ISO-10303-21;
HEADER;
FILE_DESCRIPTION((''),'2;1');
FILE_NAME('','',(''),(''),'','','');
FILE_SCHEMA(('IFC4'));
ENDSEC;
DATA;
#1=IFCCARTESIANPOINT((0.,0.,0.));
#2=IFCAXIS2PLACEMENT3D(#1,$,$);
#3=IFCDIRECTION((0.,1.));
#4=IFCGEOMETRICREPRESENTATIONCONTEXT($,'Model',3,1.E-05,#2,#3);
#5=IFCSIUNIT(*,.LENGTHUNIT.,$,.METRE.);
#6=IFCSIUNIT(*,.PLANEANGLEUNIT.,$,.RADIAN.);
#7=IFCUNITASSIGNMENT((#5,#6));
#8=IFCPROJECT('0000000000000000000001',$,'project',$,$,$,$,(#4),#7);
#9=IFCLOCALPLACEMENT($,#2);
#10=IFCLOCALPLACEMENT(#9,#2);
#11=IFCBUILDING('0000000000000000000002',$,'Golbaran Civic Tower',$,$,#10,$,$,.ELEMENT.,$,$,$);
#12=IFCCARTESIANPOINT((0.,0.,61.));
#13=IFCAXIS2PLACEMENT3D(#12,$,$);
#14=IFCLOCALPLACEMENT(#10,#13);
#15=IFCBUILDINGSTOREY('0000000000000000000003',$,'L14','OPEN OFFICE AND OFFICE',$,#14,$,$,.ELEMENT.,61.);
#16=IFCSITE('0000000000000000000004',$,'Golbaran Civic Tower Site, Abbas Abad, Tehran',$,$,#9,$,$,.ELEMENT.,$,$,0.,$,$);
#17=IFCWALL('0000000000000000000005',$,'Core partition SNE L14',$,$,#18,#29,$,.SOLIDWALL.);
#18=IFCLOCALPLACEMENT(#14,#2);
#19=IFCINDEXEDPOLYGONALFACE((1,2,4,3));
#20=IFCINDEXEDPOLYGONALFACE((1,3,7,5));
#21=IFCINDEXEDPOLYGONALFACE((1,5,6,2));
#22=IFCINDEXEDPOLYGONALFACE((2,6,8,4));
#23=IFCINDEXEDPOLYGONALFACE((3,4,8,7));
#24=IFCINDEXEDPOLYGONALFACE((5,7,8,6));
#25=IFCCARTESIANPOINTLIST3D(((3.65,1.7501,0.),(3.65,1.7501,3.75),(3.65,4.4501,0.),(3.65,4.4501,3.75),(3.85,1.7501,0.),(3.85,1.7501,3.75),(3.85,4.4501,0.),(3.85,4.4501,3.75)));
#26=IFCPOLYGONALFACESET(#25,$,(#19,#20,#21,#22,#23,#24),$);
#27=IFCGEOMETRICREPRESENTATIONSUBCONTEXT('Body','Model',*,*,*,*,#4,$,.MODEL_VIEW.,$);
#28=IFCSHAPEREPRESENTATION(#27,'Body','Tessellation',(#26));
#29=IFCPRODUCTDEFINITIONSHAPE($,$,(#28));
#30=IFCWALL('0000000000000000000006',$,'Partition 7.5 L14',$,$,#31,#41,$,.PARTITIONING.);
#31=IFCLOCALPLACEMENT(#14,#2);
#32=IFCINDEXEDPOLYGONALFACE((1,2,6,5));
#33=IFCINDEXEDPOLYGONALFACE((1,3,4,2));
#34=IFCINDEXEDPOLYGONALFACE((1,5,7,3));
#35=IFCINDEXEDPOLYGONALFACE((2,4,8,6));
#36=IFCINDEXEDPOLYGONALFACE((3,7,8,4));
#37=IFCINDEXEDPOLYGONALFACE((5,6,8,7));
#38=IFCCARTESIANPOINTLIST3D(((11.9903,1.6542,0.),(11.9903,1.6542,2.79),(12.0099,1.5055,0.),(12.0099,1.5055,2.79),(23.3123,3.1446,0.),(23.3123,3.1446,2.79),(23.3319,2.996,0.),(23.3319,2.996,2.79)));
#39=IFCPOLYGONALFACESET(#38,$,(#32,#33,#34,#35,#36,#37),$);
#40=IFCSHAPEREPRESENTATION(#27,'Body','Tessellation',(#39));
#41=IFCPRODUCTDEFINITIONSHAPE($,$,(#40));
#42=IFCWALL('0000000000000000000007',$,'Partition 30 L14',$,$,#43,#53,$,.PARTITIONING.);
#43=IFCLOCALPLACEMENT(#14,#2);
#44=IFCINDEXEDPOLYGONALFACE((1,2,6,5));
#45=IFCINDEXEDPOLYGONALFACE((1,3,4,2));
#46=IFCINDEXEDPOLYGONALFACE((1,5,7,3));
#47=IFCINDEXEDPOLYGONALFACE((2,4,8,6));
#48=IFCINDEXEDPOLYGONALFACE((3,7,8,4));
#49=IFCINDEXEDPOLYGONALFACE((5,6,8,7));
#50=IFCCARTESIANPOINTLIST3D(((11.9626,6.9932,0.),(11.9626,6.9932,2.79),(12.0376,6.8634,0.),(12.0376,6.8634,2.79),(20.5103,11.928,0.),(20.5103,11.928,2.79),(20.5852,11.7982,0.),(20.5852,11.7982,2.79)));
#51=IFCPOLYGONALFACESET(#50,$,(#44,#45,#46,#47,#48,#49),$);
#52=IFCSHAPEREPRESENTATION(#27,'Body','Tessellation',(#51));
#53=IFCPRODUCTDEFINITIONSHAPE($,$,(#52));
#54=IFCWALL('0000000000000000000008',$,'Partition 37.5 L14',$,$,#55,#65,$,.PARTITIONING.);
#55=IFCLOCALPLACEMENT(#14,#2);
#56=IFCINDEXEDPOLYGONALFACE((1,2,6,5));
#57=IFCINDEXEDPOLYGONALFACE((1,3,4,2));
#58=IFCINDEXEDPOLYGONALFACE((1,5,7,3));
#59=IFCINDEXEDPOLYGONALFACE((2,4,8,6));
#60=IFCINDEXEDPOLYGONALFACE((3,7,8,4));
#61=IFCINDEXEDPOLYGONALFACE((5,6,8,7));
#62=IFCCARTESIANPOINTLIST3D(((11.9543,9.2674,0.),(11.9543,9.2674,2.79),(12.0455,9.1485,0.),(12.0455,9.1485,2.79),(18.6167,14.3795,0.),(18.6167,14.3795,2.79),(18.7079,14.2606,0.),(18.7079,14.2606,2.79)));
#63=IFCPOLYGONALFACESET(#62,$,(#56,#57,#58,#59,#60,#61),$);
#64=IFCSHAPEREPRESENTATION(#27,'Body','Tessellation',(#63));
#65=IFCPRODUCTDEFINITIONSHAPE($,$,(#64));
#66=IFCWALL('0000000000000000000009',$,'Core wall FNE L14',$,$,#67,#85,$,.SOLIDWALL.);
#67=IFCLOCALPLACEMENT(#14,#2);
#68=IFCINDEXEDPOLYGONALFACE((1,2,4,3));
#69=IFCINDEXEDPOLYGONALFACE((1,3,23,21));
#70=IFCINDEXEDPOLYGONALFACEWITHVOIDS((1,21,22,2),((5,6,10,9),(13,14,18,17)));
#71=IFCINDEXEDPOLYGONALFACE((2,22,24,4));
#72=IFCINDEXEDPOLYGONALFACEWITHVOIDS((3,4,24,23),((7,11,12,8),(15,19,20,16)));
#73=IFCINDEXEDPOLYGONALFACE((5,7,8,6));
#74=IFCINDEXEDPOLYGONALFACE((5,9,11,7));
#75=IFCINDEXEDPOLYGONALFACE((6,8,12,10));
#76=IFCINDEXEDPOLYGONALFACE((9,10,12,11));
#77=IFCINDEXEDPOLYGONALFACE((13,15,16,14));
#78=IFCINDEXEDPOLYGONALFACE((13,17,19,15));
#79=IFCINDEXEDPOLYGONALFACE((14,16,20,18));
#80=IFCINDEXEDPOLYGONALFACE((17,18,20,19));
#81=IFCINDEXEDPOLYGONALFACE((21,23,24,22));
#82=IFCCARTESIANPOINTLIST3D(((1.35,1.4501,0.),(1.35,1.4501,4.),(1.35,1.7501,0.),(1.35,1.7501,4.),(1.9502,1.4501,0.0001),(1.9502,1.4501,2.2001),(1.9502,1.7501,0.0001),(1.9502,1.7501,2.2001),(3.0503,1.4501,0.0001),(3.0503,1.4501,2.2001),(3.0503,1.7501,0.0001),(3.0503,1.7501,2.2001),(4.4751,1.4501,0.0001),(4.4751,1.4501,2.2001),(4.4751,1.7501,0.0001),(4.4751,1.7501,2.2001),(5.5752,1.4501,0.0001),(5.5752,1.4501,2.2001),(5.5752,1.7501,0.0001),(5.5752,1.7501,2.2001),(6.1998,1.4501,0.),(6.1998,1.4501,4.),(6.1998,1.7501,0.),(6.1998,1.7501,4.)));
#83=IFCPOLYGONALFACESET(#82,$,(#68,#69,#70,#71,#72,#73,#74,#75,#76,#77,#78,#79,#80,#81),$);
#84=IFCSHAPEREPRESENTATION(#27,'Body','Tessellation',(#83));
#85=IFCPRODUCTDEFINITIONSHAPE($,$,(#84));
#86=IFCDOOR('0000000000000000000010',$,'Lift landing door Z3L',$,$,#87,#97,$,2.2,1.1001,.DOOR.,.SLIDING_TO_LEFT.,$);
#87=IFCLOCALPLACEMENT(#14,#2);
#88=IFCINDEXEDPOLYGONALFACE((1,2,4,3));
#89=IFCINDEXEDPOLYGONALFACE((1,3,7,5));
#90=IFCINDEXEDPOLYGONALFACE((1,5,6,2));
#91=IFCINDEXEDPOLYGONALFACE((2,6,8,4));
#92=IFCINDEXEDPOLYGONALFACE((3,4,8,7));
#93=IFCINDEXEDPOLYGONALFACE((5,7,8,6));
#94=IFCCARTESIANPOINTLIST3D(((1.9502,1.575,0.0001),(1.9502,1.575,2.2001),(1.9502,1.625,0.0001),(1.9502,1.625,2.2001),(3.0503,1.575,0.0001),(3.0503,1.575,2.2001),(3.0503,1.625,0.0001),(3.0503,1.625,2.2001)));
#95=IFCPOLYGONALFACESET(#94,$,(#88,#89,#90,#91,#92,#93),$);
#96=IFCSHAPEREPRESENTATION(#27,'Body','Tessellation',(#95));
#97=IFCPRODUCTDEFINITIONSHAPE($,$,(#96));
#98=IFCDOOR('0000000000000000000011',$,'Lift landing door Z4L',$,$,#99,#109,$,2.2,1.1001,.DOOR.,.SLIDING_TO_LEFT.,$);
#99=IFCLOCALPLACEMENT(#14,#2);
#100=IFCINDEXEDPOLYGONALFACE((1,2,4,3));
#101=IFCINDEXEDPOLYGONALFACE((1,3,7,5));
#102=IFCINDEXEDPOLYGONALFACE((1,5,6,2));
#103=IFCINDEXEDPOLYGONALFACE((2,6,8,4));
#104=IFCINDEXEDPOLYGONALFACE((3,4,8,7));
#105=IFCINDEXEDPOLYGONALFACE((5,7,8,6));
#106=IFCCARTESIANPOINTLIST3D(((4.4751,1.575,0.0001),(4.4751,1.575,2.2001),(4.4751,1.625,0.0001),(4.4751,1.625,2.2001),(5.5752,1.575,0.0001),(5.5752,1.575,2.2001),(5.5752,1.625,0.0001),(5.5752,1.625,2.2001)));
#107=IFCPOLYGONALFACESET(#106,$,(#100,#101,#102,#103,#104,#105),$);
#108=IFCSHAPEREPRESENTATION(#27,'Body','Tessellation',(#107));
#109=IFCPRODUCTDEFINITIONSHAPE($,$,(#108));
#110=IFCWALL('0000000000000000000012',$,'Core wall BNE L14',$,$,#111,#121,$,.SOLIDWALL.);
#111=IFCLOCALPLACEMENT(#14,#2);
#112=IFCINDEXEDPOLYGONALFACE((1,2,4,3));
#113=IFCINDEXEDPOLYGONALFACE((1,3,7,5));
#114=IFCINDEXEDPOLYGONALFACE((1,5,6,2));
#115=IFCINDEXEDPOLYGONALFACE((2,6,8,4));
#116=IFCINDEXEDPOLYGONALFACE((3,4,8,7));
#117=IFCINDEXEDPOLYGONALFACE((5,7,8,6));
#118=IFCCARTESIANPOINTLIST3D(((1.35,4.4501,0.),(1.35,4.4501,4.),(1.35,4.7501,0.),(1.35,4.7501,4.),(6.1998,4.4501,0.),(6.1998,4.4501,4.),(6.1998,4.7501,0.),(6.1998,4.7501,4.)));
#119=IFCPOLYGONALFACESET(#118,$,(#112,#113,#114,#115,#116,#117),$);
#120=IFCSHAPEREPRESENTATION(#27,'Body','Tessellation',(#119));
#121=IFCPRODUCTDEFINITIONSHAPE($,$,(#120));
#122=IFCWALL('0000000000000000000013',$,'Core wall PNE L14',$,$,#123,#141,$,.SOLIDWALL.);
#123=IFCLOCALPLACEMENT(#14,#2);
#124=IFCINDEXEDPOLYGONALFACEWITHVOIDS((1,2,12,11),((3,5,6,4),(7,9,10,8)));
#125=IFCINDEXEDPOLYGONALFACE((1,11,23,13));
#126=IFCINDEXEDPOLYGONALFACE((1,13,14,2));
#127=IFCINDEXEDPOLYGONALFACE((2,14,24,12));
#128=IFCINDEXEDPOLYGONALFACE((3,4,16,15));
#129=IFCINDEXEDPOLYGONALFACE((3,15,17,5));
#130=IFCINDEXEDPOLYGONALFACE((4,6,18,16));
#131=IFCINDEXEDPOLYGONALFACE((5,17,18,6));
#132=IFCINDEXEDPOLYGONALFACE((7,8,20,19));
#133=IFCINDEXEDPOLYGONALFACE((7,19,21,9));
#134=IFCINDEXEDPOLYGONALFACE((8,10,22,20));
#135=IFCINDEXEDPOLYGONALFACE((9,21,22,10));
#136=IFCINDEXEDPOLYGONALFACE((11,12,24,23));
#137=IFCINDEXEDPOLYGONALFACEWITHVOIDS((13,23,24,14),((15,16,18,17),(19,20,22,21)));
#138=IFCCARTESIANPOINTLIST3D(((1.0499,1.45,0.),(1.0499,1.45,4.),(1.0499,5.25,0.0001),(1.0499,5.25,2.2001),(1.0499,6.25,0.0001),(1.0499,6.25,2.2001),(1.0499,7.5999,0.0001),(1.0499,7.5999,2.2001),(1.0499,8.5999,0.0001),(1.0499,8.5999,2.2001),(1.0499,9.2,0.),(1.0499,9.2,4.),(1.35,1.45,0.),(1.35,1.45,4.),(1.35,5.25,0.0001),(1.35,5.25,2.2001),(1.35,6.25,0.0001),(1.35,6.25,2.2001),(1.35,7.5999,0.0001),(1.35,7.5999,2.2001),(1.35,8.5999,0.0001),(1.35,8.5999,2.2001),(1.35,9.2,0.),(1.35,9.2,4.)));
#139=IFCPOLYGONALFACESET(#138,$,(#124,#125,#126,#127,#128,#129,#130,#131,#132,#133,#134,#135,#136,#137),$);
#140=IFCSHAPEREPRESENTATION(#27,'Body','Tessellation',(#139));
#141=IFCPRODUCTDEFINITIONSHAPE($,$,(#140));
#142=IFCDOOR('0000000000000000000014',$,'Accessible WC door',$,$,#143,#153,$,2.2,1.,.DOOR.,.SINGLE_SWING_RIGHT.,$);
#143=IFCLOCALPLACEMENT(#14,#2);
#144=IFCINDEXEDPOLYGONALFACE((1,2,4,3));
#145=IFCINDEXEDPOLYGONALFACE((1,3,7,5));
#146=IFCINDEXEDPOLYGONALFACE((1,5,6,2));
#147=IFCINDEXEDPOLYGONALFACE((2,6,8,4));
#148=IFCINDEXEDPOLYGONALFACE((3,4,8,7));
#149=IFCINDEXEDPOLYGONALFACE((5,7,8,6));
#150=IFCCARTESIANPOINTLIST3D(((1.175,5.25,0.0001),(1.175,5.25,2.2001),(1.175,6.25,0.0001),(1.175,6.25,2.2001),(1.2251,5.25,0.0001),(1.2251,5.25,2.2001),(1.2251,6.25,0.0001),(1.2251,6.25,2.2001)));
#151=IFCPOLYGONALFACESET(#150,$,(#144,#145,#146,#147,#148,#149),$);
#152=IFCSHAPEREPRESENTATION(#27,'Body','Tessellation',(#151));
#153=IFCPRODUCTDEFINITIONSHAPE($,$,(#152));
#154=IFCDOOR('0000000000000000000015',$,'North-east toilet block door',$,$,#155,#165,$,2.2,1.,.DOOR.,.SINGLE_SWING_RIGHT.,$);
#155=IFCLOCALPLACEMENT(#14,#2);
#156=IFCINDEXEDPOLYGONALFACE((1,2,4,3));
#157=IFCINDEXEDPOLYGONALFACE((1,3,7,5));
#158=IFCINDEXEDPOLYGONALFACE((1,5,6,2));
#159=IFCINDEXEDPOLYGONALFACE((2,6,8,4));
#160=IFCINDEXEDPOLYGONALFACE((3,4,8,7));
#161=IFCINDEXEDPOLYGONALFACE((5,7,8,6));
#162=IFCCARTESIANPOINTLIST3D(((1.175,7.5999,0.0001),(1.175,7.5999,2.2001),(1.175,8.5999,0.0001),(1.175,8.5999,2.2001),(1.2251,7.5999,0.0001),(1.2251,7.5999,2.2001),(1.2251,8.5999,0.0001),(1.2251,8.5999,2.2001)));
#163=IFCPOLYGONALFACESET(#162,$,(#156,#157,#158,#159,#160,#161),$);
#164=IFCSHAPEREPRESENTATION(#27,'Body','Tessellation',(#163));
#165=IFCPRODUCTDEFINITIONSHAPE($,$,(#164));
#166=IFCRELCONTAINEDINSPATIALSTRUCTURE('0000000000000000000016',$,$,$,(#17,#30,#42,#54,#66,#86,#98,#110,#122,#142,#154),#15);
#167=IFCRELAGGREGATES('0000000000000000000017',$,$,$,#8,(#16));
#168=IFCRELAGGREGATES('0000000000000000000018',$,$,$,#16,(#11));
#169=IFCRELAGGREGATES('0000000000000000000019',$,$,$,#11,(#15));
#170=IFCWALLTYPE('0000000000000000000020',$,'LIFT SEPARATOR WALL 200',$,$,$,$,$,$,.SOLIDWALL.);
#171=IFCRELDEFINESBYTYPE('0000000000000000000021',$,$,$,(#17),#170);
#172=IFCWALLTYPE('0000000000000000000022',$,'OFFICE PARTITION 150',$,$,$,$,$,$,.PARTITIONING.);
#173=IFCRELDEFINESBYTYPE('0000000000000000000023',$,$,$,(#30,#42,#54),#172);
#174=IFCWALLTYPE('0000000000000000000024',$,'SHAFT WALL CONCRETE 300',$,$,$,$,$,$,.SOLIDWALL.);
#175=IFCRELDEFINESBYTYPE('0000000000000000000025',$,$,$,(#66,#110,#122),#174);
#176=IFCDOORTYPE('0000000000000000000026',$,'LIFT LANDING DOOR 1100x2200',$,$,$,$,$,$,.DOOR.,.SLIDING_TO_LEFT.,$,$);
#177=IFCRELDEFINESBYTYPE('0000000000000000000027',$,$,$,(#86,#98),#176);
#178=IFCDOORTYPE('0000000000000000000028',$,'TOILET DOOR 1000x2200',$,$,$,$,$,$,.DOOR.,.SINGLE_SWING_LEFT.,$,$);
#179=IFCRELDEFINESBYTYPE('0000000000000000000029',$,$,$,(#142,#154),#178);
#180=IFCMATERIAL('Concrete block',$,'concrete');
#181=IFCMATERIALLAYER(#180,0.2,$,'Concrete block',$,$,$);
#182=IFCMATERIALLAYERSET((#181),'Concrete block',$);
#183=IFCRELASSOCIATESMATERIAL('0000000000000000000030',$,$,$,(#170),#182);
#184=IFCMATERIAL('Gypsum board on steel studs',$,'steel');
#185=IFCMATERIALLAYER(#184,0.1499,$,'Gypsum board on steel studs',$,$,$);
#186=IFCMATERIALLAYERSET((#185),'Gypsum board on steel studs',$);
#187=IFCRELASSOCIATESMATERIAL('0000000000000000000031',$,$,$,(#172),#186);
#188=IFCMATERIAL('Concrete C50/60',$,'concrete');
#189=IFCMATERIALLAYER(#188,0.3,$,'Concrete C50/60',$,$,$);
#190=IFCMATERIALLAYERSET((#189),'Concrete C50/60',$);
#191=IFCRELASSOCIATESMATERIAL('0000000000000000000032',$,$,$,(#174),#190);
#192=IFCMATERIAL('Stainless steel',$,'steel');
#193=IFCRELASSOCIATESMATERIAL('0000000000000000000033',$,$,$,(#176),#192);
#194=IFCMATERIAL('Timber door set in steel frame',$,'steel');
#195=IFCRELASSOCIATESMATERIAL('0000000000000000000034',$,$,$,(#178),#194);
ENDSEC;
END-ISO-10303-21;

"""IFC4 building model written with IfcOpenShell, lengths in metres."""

from ifc_helpers import new_model, si_unit, direction, frame, frame_2d, origin, place, context, subcontext, project, spatial, rectangle, extrude, material, layer, layer_set, type_object, element, fill, save


model = new_model("IFC4")

# Units and contexts
model_context = context("Model", 3, precision=1e-05, world=origin(), true_north=direction((0.0, 1.0)))
body_context = subcontext(model_context, "Body", "Model", "MODEL_VIEW")
ifc_project = project(units=[si_unit("LENGTHUNIT", "METRE"), si_unit("PLANEANGLEUNIT", "RADIAN")], contexts=[model_context])

# Site, building, storey
site_placement = place(None, origin())
site = spatial("IfcSite", under=ifc_project, at=site_placement, Name="Golbaran Civic Tower Site, Abbas Abad, Tehran", CompositionType="ELEMENT", RefElevation=0.0)
building_placement = place(site_placement, origin())
building = spatial("IfcBuilding", under=site, at=building_placement, Name="Golbaran Civic Tower", CompositionType="ELEMENT")
storey_placement = place(building_placement, frame((0.0, 0.0, 61.0)))
storey = spatial("IfcBuildingStorey", under=building, at=storey_placement, Name="L14", Description="OPEN OFFICE AND OFFICE", CompositionType="ELEMENT", Elevation=61.0)

# Shared definitions
ifc_material_1 = material(Name="Concrete block", Category="concrete")

# Shared definitions
ifc_material_2 = material(Name="Concrete C50/60", Category="concrete")
ifc_material_3 = material(Name="Timber door set in steel frame", Category="steel")

# Walls
ifc_layer_1 = layer(ifc_material_1, 0.2, Name="Concrete block")
ifc_layer_set_1 = layer_set([ifc_layer_1], Name="Concrete block")
wall_type_1 = type_object("IfcWallType", Name="LIFT SEPARATOR WALL 200", PredefinedType="SOLIDWALL", material=ifc_layer_set_1)
wall_1_placement = place(storey_placement, frame((3.75, 1.75, 0.0), z_axis=(0.0, 0.0, 1.0), x_axis=(0.0, 1.0, 0.0)))
element("IfcWall", 1, at=wall_1_placement, inside=storey, type_object=wall_type_1, Name="Core partition SNE L14", PredefinedType="SOLIDWALL", context=body_context, shape_type="SweptSolid", body=[
    extrude(rectangle(XDim=2.7, YDim=0.2, at=frame_2d((1.3501, 0.0))), origin(), (0.0, 0.0, 1.0), 3.75),
])
ifc_material_4 = material(Name="Gypsum board on steel studs", Category="steel")
ifc_layer_2 = layer(ifc_material_4, 0.1499, Name="Gypsum board on steel studs")
ifc_layer_set_2 = layer_set([ifc_layer_2], Name="Gypsum board on steel studs")
wall_type_2 = type_object("IfcWallType", Name="OFFICE PARTITION 150", PredefinedType="PARTITIONING", material=ifc_layer_set_2)
wall_2_placement = place(storey_placement, frame((12.0, 1.5798, 0.0), z_axis=(0.0, 0.0, 1.0), x_axis=(0.991446, 0.130518, 0.0)))
element("IfcWall", 2, at=wall_2_placement, inside=storey, type_object=wall_type_2, Name="Partition 7.5 L14", PredefinedType="PARTITIONING", context=body_context, shape_type="SweptSolid", body=[
    extrude(rectangle(XDim=11.4197, YDim=0.1499, at=frame_2d((5.71, 0.0))), origin(), (0.0, 0.0, 1.0), 2.79),
])
wall_3_placement = place(storey_placement, frame((12.0, 6.9282, 0.0), z_axis=(0.0, 0.0, 1.0), x_axis=(0.866032, 0.499989, 0.0)))
element("IfcWall", 3, at=wall_3_placement, inside=storey, type_object=wall_type_2, Name="Partition 30 L14", PredefinedType="PARTITIONING", context=body_context, shape_type="SweptSolid", body=[
    extrude(rectangle(XDim=9.8699, YDim=0.1499, at=frame_2d((4.9351, 0.0))), origin(), (0.0, 0.0, 1.0), 2.79),
])
wall_4_placement = place(storey_placement, frame((12.0, 9.208, 0.0), z_axis=(0.0, 0.0, 1.0), x_axis=(0.793362, 0.608751, 0.0)))
element("IfcWall", 4, at=wall_4_placement, inside=storey, type_object=wall_type_2, Name="Partition 37.5 L14", PredefinedType="PARTITIONING", context=body_context, shape_type="SweptSolid", body=[
    extrude(rectangle(XDim=8.3977, YDim=0.1499, at=frame_2d((4.1987, 0.0))), origin(), (0.0, 0.0, 1.0), 2.79),
])

# Wall, openings, doors
ifc_layer_3 = layer(ifc_material_2, 0.3, Name="Concrete C50/60")
ifc_layer_set_3 = layer_set([ifc_layer_3], Name="Concrete C50/60")
wall_type_3 = type_object("IfcWallType", Name="SHAFT WALL CONCRETE 300", PredefinedType="SOLIDWALL", material=ifc_layer_set_3)
wall_5_placement = place(storey_placement, frame((1.3501, 1.6001, 0.0), z_axis=(0.0, 0.0, 1.0), x_axis=(1.0, 0.0, 0.0)))
wall_5 = element("IfcWall", 5, at=wall_5_placement, inside=storey, type_object=wall_type_3, Name="Core wall FNE L14", PredefinedType="SOLIDWALL", context=body_context, shape_type="SweptSolid", body=[
    extrude(rectangle(XDim=4.8499, YDim=0.3, at=frame_2d((2.4248, 0.0))), origin(), (0.0, 0.0, 1.0), 4.0),
])
opening_1_placement = place(wall_5_placement, frame((0.6001, 0.0, 0.0)))
opening_1 = element("IfcOpeningElement", 6, at=opening_1_placement, cuts=wall_5, PredefinedType="OPENING", context=body_context, shape_type="SweptSolid", body=[
    extrude(rectangle(XDim=1.1001, YDim=2.2, at=frame_2d((0.55, 1.1001))), frame((0.0, 0.1599, 0.0), z_axis=(0.0, -1.0, 0.0), x_axis=(1.0, 0.0, 0.0)), (0.0, 0.0, 1.0), 0.3201),
])
opening_2_placement = place(wall_5_placement, frame((3.125, 0.0, 0.0)))
opening_2 = element("IfcOpeningElement", 7, at=opening_2_placement, cuts=wall_5, PredefinedType="OPENING", context=body_context, shape_type="SweptSolid", body=[
    extrude(rectangle(XDim=1.1001, YDim=2.2, at=frame_2d((0.55, 1.1001))), frame((0.0, 0.1599, 0.0), z_axis=(0.0, -1.0, 0.0), x_axis=(1.0, 0.0, 0.0)), (0.0, 0.0, 1.0), 0.3201),
])
ifc_material_5 = material(Name="Stainless steel", Category="steel")
door_type_1 = type_object("IfcDoorType", Name="LIFT LANDING DOOR 1100x2200", OperationType="SLIDING_TO_LEFT", PredefinedType="DOOR", material=ifc_material_5)
door_1_placement = place(opening_1_placement, origin())
door_1 = element("IfcDoor", 8, at=door_1_placement, inside=storey, type_object=door_type_1, Name="Lift landing door Z3L", OperationType="SLIDING_TO_LEFT", OverallHeight=2.2, OverallWidth=1.1001, PredefinedType="DOOR", context=body_context, shape_type="SweptSolid", body=[
    extrude(rectangle(XDim=1.1001, YDim=2.2, at=frame_2d((0.55, 1.1001))), frame((0.0, 0.0249, 0.0), z_axis=(0.0, -1.0, 0.0), x_axis=(1.0, 0.0, 0.0)), (0.0, 0.0, 1.0), 0.05),
])
fill(opening_1, door_1)
door_2_placement = place(opening_2_placement, origin())
door_2 = element("IfcDoor", 9, at=door_2_placement, inside=storey, type_object=door_type_1, Name="Lift landing door Z4L", OperationType="SLIDING_TO_LEFT", OverallHeight=2.2, OverallWidth=1.1001, PredefinedType="DOOR", context=body_context, shape_type="SweptSolid", body=[
    extrude(rectangle(XDim=1.1001, YDim=2.2, at=frame_2d((0.55, 1.1001))), frame((0.0, 0.0249, 0.0), z_axis=(0.0, -1.0, 0.0), x_axis=(1.0, 0.0, 0.0)), (0.0, 0.0, 1.0), 0.05),
])
fill(opening_2, door_2)

# Wall
wall_6_placement = place(storey_placement, frame((1.3501, 4.6001, 0.0), z_axis=(0.0, 0.0, 1.0), x_axis=(1.0, 0.0, 0.0)))
element("IfcWall", 10, at=wall_6_placement, inside=storey, type_object=wall_type_3, Name="Core wall BNE L14", PredefinedType="SOLIDWALL", context=body_context, shape_type="SweptSolid", body=[
    extrude(rectangle(XDim=4.8499, YDim=0.3, at=frame_2d((2.4248, 0.0))), origin(), (0.0, 0.0, 1.0), 4.0),
])

# Wall, openings, doors
wall_7_placement = place(storey_placement, frame((1.2, 1.45, 0.0), z_axis=(0.0, 0.0, 1.0), x_axis=(0.0, 1.0, 0.0)))
wall_7 = element("IfcWall", 11, at=wall_7_placement, inside=storey, type_object=wall_type_3, Name="Core wall PNE L14", PredefinedType="SOLIDWALL", context=body_context, shape_type="SweptSolid", body=[
    extrude(rectangle(XDim=7.75, YDim=0.3, at=frame_2d((3.875, 0.0))), origin(), (0.0, 0.0, 1.0), 4.0),
])
opening_3_placement = place(wall_7_placement, frame((3.8, 0.0, 0.0)))
opening_3 = element("IfcOpeningElement", 12, at=opening_3_placement, cuts=wall_7, PredefinedType="OPENING", context=body_context, shape_type="SweptSolid", body=[
    extrude(rectangle(XDim=1.0, YDim=2.2, at=frame_2d((0.5, 1.1001))), frame((0.0, 0.1599, 0.0), z_axis=(0.0, -1.0, 0.0), x_axis=(1.0, 0.0, 0.0)), (0.0, 0.0, 1.0), 0.3201),
])
opening_4_placement = place(wall_7_placement, frame((6.1499, 0.0, 0.0)))
opening_4 = element("IfcOpeningElement", 13, at=opening_4_placement, cuts=wall_7, PredefinedType="OPENING", context=body_context, shape_type="SweptSolid", body=[
    extrude(rectangle(XDim=1.0, YDim=2.2, at=frame_2d((0.5, 1.1001))), frame((0.0, 0.1599, 0.0), z_axis=(0.0, -1.0, 0.0), x_axis=(1.0, 0.0, 0.0)), (0.0, 0.0, 1.0), 0.3201),
])
door_type_2 = type_object("IfcDoorType", Name="TOILET DOOR 1000x2200", OperationType="SINGLE_SWING_LEFT", PredefinedType="DOOR", material=ifc_material_3)
door_3_placement = place(opening_3_placement, origin())
door_3 = element("IfcDoor", 14, at=door_3_placement, inside=storey, type_object=door_type_2, Name="Accessible WC door", OperationType="SINGLE_SWING_RIGHT", OverallHeight=2.2, OverallWidth=1.0, PredefinedType="DOOR", context=body_context, shape_type="SweptSolid", body=[
    extrude(rectangle(XDim=1.0, YDim=2.2, at=frame_2d((0.5, 1.1001))), frame((0.0, 0.0249, 0.0), z_axis=(0.0, -1.0, 0.0), x_axis=(1.0, 0.0, 0.0)), (0.0, 0.0, 1.0), 0.05),
])
fill(opening_3, door_3)
door_4_placement = place(opening_4_placement, origin())
door_4 = element("IfcDoor", 15, at=door_4_placement, inside=storey, type_object=door_type_2, Name="North-east toilet block door", OperationType="SINGLE_SWING_RIGHT", OverallHeight=2.2, OverallWidth=1.0, PredefinedType="DOOR", context=body_context, shape_type="SweptSolid", body=[
    extrude(rectangle(XDim=1.0, YDim=2.2, at=frame_2d((0.5, 1.1001))), frame((0.0, 0.0249, 0.0), z_axis=(0.0, -1.0, 0.0), x_axis=(1.0, 0.0, 0.0)), (0.0, 0.0, 1.0), 0.05),
])
fill(opening_4, door_4)

save(model, "model.ifc")
